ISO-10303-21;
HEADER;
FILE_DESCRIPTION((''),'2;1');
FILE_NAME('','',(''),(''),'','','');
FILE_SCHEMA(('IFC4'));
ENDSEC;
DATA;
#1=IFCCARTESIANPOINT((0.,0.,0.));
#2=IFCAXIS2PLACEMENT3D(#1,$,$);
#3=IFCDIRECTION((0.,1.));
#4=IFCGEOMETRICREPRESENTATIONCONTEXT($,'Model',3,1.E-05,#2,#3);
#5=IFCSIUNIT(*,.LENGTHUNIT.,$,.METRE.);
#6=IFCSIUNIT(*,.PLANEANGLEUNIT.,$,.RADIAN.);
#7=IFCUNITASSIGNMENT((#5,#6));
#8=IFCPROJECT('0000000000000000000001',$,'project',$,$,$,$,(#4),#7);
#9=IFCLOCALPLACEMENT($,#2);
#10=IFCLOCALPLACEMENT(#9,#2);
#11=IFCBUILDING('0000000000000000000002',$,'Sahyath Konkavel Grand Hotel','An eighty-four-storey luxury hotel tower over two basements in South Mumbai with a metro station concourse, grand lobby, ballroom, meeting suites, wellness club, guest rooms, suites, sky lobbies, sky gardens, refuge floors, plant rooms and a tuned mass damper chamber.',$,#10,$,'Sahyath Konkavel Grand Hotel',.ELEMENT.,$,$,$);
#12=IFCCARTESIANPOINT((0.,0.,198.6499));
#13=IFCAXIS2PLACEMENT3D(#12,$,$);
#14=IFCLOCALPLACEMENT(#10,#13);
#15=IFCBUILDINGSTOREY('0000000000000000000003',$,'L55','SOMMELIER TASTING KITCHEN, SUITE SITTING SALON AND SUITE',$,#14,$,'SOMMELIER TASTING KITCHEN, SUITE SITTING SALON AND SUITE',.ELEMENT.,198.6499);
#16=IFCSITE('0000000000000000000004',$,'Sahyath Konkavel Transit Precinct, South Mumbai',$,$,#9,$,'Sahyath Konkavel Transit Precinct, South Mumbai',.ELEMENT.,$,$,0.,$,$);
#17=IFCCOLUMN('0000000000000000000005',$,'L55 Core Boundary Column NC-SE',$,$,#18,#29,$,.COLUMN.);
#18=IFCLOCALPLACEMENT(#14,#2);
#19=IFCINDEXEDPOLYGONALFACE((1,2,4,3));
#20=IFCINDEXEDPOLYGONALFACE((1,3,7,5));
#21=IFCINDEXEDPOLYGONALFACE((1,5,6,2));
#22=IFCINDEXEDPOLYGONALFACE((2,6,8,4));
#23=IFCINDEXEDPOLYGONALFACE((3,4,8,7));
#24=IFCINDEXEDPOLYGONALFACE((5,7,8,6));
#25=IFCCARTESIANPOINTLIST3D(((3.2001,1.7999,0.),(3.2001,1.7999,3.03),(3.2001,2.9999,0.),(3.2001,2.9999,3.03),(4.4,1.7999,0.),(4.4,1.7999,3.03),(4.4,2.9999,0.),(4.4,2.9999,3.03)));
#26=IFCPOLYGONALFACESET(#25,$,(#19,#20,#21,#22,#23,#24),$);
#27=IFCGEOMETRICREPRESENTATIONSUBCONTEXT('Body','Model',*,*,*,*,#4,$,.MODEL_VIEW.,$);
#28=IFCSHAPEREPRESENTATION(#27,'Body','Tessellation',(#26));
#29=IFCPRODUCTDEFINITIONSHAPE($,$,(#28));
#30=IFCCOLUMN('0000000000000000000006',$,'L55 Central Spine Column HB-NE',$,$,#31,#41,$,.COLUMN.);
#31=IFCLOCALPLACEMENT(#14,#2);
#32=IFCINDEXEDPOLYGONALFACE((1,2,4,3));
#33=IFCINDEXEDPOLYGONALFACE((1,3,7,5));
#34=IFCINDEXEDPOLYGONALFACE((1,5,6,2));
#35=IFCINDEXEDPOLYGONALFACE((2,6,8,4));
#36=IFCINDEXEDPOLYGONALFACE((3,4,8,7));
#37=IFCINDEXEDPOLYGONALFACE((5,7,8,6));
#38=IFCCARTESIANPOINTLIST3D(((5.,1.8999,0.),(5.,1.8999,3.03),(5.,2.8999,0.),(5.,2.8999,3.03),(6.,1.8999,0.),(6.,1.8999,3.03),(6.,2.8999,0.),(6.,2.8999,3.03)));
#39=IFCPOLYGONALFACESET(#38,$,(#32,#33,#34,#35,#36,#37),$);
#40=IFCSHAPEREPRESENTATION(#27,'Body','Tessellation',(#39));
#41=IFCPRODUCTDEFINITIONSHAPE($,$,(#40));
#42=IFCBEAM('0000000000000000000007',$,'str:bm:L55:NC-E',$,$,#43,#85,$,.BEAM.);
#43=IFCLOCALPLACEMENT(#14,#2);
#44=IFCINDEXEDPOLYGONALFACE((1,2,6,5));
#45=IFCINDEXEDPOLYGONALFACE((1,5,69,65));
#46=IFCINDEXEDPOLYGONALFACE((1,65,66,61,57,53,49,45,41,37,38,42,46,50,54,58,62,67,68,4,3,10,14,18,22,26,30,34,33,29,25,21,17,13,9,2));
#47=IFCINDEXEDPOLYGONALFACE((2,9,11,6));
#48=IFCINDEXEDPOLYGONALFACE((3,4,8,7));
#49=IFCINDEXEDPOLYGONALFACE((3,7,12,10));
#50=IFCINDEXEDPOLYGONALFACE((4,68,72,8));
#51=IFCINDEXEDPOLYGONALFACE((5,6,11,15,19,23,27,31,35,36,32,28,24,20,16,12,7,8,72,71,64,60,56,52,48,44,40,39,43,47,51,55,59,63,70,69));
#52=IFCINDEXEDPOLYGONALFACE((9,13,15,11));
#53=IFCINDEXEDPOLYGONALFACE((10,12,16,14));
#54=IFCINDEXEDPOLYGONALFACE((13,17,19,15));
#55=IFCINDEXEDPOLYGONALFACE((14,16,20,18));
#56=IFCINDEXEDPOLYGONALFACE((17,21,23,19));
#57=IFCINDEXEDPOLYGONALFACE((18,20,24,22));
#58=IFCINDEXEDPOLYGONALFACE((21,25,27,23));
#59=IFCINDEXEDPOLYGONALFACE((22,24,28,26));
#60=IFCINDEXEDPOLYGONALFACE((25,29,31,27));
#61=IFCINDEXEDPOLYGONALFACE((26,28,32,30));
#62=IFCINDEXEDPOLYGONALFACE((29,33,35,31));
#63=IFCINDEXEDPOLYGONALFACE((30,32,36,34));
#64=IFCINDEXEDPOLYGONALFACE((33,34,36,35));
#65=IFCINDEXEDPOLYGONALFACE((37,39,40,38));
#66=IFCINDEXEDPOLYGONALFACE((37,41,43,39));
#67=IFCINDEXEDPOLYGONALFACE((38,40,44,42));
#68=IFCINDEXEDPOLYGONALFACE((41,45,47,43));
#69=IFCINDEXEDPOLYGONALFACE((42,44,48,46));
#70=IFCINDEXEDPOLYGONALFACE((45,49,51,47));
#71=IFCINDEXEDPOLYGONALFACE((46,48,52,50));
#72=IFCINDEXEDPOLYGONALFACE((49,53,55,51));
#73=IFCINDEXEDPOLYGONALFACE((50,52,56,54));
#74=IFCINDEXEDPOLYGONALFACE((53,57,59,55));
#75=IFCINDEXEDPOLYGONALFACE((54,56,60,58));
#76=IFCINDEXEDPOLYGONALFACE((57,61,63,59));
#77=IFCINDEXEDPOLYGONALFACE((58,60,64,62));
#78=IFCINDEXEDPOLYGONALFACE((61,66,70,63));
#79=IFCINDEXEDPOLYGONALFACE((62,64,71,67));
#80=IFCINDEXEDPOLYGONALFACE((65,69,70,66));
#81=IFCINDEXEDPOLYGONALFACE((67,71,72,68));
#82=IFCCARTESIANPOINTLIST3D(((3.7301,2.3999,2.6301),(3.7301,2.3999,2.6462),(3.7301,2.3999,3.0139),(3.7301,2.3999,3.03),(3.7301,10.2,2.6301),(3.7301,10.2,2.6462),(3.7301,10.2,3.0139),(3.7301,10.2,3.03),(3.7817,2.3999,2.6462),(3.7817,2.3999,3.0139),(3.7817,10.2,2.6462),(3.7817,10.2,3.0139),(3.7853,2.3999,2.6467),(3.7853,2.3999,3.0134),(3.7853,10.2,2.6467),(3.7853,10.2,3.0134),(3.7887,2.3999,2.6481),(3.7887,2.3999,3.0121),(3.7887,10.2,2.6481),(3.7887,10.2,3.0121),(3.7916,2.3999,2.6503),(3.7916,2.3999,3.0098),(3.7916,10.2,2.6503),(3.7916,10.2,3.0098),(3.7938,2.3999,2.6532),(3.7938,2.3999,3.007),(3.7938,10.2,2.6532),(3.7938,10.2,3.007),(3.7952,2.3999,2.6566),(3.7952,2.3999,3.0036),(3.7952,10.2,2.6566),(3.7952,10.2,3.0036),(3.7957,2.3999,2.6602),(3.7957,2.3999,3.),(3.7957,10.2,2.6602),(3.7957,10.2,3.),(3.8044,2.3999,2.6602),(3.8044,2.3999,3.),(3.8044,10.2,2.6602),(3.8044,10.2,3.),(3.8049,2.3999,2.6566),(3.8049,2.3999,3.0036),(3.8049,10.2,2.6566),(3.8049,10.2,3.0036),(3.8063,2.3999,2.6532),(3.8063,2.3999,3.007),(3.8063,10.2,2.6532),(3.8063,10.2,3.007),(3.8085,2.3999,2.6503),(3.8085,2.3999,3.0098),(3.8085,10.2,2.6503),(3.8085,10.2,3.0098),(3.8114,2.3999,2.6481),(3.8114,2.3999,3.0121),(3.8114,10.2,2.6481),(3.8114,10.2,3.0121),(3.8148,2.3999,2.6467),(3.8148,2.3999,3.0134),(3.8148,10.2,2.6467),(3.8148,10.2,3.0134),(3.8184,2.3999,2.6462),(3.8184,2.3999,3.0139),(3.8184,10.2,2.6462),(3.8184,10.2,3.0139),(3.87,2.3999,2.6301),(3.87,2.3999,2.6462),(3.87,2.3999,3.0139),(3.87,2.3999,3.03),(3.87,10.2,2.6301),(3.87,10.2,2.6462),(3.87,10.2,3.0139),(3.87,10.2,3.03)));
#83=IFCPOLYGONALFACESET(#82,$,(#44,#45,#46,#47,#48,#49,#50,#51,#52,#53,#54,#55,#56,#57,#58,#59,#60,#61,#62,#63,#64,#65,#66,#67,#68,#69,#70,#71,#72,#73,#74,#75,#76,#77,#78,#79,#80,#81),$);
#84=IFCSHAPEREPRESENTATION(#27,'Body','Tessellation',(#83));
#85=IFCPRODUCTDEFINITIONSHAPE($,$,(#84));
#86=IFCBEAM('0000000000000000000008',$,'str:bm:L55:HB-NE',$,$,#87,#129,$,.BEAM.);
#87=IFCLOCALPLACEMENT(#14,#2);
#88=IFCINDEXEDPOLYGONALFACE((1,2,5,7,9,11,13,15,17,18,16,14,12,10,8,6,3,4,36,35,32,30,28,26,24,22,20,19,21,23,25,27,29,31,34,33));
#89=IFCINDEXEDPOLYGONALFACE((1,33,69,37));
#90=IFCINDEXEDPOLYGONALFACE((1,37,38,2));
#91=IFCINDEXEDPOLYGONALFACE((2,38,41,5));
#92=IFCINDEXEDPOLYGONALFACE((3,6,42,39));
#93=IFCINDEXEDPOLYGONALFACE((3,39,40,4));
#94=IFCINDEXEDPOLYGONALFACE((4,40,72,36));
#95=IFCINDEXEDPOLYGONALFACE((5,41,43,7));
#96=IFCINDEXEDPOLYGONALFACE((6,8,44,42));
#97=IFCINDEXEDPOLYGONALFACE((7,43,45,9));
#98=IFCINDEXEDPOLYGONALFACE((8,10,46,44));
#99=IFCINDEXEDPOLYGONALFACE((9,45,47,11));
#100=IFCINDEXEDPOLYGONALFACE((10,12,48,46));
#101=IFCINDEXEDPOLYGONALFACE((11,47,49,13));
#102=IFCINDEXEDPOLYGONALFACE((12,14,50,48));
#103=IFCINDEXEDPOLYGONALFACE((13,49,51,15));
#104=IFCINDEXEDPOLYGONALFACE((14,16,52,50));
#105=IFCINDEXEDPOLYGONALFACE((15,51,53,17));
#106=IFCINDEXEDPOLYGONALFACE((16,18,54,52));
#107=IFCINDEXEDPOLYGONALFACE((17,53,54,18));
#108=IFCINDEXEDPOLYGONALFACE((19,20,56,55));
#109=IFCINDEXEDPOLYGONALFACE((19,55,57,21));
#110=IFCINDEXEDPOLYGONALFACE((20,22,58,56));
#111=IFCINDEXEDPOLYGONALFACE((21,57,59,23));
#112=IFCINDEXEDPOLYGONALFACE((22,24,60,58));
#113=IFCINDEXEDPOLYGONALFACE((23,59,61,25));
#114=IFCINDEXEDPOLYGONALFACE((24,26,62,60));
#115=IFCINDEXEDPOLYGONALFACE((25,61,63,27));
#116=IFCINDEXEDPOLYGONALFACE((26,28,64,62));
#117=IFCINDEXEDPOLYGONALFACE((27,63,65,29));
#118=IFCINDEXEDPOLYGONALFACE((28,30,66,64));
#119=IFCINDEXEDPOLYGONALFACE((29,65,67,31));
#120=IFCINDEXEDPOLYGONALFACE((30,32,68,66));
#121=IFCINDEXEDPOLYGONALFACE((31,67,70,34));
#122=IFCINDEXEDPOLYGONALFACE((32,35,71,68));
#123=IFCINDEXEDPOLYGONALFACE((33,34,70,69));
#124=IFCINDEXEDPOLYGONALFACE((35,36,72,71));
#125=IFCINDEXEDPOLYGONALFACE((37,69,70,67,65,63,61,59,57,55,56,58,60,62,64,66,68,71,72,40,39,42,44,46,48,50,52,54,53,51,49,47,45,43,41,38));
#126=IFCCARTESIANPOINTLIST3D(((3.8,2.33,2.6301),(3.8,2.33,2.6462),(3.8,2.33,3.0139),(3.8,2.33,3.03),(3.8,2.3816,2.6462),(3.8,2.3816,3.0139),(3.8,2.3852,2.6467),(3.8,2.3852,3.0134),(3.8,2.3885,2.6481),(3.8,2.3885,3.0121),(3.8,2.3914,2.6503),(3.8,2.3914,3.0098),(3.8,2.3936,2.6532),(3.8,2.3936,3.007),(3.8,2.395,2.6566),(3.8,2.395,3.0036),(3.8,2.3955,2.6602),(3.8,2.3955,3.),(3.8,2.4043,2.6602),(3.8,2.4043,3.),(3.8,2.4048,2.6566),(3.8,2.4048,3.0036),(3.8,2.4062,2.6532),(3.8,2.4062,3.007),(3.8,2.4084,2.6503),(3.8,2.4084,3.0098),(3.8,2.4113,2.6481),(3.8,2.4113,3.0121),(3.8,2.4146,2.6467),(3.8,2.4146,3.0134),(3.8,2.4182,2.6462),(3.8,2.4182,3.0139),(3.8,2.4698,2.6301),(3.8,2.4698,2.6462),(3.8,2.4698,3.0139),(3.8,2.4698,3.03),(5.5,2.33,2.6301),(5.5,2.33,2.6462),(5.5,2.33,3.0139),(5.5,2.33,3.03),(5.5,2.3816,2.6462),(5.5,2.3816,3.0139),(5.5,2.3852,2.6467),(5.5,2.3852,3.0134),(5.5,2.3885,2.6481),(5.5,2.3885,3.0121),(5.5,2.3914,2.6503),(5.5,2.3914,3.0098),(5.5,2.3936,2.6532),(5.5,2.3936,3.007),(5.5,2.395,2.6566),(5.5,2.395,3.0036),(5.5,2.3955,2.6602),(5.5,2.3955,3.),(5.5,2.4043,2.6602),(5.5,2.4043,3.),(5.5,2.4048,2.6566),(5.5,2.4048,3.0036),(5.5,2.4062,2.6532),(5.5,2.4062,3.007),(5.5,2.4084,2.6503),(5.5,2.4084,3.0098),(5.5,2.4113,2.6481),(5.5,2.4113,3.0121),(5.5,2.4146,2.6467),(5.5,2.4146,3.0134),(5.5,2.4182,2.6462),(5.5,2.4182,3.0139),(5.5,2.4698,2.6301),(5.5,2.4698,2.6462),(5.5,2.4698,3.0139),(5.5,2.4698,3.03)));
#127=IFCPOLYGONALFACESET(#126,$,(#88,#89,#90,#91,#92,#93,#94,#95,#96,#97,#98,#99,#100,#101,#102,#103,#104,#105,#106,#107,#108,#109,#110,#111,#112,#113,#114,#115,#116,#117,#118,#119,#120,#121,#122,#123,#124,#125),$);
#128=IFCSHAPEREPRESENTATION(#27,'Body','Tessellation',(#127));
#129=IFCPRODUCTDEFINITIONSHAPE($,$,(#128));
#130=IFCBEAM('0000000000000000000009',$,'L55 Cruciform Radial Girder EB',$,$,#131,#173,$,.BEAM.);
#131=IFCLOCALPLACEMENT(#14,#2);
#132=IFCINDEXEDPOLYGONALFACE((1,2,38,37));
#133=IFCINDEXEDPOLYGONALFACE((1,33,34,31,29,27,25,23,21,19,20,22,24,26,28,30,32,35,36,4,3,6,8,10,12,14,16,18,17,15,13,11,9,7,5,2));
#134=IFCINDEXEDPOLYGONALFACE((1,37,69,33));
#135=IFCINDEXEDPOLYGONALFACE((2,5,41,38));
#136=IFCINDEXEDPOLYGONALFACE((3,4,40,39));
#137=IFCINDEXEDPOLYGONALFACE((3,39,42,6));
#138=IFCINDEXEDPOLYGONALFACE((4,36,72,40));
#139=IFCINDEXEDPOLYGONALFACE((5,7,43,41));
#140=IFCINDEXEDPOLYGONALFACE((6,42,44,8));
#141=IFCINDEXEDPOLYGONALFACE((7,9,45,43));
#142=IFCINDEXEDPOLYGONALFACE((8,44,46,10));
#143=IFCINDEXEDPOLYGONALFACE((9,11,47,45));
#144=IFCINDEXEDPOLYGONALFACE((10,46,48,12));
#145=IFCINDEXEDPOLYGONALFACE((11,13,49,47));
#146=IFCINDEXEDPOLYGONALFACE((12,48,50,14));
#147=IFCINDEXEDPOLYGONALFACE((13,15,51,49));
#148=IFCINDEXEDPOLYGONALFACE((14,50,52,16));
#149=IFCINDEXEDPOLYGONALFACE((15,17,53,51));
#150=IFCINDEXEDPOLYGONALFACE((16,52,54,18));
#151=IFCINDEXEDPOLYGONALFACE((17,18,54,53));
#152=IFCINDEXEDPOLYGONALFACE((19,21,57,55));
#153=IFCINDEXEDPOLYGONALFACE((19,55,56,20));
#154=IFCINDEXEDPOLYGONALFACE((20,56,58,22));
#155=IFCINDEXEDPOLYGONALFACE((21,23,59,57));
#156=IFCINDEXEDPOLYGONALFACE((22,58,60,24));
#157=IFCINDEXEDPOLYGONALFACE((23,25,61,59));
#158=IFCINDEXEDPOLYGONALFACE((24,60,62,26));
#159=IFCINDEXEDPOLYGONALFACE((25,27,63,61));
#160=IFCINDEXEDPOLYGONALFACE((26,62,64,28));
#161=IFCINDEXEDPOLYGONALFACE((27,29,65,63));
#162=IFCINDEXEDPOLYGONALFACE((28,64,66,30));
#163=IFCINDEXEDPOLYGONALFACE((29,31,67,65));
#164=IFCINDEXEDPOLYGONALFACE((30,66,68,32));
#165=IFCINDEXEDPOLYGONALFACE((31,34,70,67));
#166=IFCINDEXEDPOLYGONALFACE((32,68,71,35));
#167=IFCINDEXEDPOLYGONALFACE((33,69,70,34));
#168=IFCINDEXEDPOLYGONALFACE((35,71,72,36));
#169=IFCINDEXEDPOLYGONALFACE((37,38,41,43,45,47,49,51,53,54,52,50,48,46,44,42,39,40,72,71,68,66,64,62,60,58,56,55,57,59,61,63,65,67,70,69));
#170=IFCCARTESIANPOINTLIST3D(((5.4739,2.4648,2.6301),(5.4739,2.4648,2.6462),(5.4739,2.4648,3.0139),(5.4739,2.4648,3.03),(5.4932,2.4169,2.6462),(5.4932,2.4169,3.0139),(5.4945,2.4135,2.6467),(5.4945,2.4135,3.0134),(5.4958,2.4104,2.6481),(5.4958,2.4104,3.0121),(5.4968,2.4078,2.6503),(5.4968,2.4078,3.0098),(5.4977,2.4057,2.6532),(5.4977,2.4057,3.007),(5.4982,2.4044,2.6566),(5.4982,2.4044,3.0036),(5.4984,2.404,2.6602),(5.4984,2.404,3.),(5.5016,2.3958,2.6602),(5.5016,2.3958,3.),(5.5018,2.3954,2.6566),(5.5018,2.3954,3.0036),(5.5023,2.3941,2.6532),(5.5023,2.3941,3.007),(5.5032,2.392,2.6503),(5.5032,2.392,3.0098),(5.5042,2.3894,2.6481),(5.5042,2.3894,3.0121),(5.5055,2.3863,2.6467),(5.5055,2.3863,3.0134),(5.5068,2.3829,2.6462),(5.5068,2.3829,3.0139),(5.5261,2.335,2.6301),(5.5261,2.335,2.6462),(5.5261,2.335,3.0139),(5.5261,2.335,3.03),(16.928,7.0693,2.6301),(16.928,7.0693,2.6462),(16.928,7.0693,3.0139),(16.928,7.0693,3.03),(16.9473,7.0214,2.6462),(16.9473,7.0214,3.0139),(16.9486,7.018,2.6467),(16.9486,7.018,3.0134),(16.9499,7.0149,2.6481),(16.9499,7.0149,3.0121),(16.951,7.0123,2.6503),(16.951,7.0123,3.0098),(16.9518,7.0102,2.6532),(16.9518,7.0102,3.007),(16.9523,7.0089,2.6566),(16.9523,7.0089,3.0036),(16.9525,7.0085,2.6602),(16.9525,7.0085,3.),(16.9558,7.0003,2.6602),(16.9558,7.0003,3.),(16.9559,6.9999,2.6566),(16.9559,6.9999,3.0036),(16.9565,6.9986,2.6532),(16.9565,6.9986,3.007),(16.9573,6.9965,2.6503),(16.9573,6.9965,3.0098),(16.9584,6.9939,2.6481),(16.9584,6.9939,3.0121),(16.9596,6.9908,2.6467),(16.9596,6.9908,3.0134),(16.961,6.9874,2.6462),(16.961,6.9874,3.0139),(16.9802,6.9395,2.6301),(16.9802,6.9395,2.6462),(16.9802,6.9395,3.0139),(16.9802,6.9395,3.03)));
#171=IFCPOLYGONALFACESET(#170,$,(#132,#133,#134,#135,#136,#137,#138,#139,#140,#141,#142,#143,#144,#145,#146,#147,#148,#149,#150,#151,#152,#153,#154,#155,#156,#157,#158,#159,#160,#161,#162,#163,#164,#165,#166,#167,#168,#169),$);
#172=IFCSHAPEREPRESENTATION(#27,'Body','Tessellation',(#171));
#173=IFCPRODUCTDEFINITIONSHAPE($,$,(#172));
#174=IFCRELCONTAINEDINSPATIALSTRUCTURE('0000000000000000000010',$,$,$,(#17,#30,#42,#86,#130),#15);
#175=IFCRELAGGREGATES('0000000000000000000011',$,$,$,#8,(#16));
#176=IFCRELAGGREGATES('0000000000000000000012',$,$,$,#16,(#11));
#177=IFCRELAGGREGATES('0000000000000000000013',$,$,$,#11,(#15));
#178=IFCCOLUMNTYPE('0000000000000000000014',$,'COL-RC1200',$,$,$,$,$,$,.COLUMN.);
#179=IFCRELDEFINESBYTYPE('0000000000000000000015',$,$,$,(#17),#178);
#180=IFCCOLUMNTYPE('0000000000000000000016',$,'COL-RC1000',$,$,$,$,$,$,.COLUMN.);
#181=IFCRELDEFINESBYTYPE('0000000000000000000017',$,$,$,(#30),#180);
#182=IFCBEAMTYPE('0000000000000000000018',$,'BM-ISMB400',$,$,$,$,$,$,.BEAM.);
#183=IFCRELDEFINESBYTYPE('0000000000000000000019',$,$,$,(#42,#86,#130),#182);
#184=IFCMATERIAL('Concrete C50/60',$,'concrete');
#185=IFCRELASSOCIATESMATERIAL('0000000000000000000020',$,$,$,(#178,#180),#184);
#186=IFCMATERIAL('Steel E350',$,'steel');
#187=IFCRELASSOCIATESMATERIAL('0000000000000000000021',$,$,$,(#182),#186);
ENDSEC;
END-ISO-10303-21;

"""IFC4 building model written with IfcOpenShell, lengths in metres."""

from ifc_helpers import new_model, si_unit, direction, frame, origin, origin_2d, place, context, subcontext, project, spatial, rectangle, i_section, extrude, source, transform, mapped, material, material_profile, profile_set, type_object, element, save


model = new_model("IFC4")

# Units and contexts
model_context = context("Model", 3, precision=1e-05, world=origin(), true_north=direction((0.0, 1.0)))
body_context = subcontext(model_context, "Body", "Model", "MODEL_VIEW")
ifc_project = project(units=[si_unit("LENGTHUNIT", "METRE"), si_unit("PLANEANGLEUNIT", "RADIAN")], contexts=[model_context])

# Site, building, storey
site_placement = place(None, origin())
site = spatial("IfcSite", under=ifc_project, at=site_placement, Name="Sahyath Konkavel Transit Precinct, South Mumbai", LongName="Sahyath Konkavel Transit Precinct, South Mumbai", CompositionType="ELEMENT", RefElevation=0.0)
building_placement = place(site_placement, origin())
building = spatial("IfcBuilding", under=site, at=building_placement, Name="Sahyath Konkavel Grand Hotel", Description="An eighty-four-storey luxury hotel tower over two basements in South Mumbai with a metro station concourse, grand lobby, ballroom, meeting suites, wellness club, guest rooms, suites, sky lobbies, sky gardens, refuge floors, plant rooms and a tuned mass damper chamber.", LongName="Sahyath Konkavel Grand Hotel", CompositionType="ELEMENT")
storey_placement = place(building_placement, frame((0.0, 0.0, 198.6499)))
storey = spatial("IfcBuildingStorey", under=building, at=storey_placement, Name="L55", Description="SOMMELIER TASTING KITCHEN, SUITE SITTING SALON AND SUITE", LongName="SOMMELIER TASTING KITCHEN, SUITE SITTING SALON AND SUITE", CompositionType="ELEMENT", Elevation=198.6499)

# Columns
ifc_material_1 = material(Name="Concrete C50/60", Category="concrete")
ifc_material_profile_1 = material_profile(ifc_material_1, rectangle(XDim=1.2, YDim=1.2, at=origin_2d()), Name="RC 1200x1200")
ifc_profile_set_1 = profile_set([ifc_material_profile_1], Name="Concrete C50/60")
column_type_1 = type_object("IfcColumnType", Name="COL-RC1200", PredefinedType="COLUMN", material=ifc_profile_set_1)
shared_shape_1 = source(origin(), body_context, "Body", "SweptSolid", [
    extrude(rectangle(XDim=1.2, YDim=1.2, at=origin_2d()), origin(), (0.0, 0.0, 1.0), 3.03),
])
column_1_placement = place(storey_placement, frame((3.8, 2.3999, 0.0), z_axis=(0.0, 0.0, 1.0), x_axis=(1.0, 0.0, 0.0)))
element("IfcColumn", 1, at=column_1_placement, inside=storey, type_object=column_type_1, Name="L55 Core Boundary Column NC-SE", PredefinedType="COLUMN", context=body_context, shape_type="MappedRepresentation", body=[
    mapped(shared_shape_1, transform((0.0, 0.0, 0.0), scale=1.0)),
])
ifc_material_profile_2 = material_profile(ifc_material_1, rectangle(XDim=1.0, YDim=1.0, at=origin_2d()), Name="RC 1000x1000")
ifc_profile_set_2 = profile_set([ifc_material_profile_2], Name="Concrete C50/60")
column_type_2 = type_object("IfcColumnType", Name="COL-RC1000", PredefinedType="COLUMN", material=ifc_profile_set_2)
shared_shape_2 = source(origin(), body_context, "Body", "SweptSolid", [
    extrude(rectangle(XDim=1.0, YDim=1.0, at=origin_2d()), origin(), (0.0, 0.0, 1.0), 3.03),
])
column_2_placement = place(storey_placement, frame((5.5, 2.3999, 0.0), z_axis=(0.0, 0.0, 1.0), x_axis=(1.0, 0.0, 0.0)))
element("IfcColumn", 2, at=column_2_placement, inside=storey, type_object=column_type_2, Name="L55 Central Spine Column HB-NE", PredefinedType="COLUMN", context=body_context, shape_type="MappedRepresentation", body=[
    mapped(shared_shape_2, transform((0.0, 0.0, 0.0), scale=1.0)),
])

# Beams
ifc_material_2 = material(Name="Steel E350", Category="steel")
ifc_material_profile_3 = material_profile(ifc_material_2, i_section(OverallWidth=0.1399, OverallDepth=0.3999, WebThickness=0.0088, FlangeThickness=0.0161, FilletRadius=0.0139, at=origin_2d()), Name="ISMB 400")
ifc_profile_set_3 = profile_set([ifc_material_profile_3], Name="Steel E350")
beam_type = type_object("IfcBeamType", Name="BM-ISMB400", PredefinedType="BEAM", material=ifc_profile_set_3)
shared_shape_3 = source(origin(), body_context, "Body", "SweptSolid", [
    extrude(i_section(OverallWidth=0.1399, OverallDepth=0.3999, WebThickness=0.0088, FlangeThickness=0.0161, FilletRadius=0.0139, at=origin_2d()), origin(), (0.0, 0.0, 1.0), 7.8),
])
beam_1_placement = place(storey_placement, frame((3.8, 2.3999, 2.8301), z_axis=(0.0, 1.0, 0.0), x_axis=(-1.0, 0.0, 0.0)))
element("IfcBeam", 3, at=beam_1_placement, inside=storey, type_object=beam_type, Name="str:bm:L55:NC-E", PredefinedType="BEAM", context=body_context, shape_type="MappedRepresentation", body=[
    mapped(shared_shape_3, transform((0.0, 0.0, 0.0), scale=1.0)),
])
shared_shape_4 = source(origin(), body_context, "Body", "SweptSolid", [
    extrude(i_section(OverallWidth=0.1399, OverallDepth=0.3999, WebThickness=0.0088, FlangeThickness=0.0161, FilletRadius=0.0139, at=origin_2d()), origin(), (0.0, 0.0, 1.0), 1.7),
])
beam_2_placement = place(storey_placement, frame((3.8, 2.3999, 2.8301), z_axis=(1.0, 0.0, 0.0), x_axis=(0.0, 1.0, 0.0)))
element("IfcBeam", 4, at=beam_2_placement, inside=storey, type_object=beam_type, Name="str:bm:L55:HB-NE", PredefinedType="BEAM", context=body_context, shape_type="MappedRepresentation", body=[
    mapped(shared_shape_4, transform((0.0, 0.0, 0.0), scale=1.0)),
])
shared_shape_5 = source(origin(), body_context, "Body", "SweptSolid", [
    extrude(i_section(OverallWidth=0.1399, OverallDepth=0.3999, WebThickness=0.0088, FlangeThickness=0.0161, FilletRadius=0.0139, at=origin_2d()), origin(), (0.0, 0.0, 1.0), 12.345),
])
beam_3_placement = place(storey_placement, frame((5.5, 2.3999, 2.8301), z_axis=(0.927837, 0.372986, 0.0), x_axis=(-0.372986, 0.927837, 0.0)))
element("IfcBeam", 5, at=beam_3_placement, inside=storey, type_object=beam_type, Name="L55 Cruciform Radial Girder EB", PredefinedType="BEAM", context=body_context, shape_type="MappedRepresentation", body=[
    mapped(shared_shape_5, transform((0.0, 0.0, 0.0), scale=1.0)),
])

save(model, "model.ifc")
